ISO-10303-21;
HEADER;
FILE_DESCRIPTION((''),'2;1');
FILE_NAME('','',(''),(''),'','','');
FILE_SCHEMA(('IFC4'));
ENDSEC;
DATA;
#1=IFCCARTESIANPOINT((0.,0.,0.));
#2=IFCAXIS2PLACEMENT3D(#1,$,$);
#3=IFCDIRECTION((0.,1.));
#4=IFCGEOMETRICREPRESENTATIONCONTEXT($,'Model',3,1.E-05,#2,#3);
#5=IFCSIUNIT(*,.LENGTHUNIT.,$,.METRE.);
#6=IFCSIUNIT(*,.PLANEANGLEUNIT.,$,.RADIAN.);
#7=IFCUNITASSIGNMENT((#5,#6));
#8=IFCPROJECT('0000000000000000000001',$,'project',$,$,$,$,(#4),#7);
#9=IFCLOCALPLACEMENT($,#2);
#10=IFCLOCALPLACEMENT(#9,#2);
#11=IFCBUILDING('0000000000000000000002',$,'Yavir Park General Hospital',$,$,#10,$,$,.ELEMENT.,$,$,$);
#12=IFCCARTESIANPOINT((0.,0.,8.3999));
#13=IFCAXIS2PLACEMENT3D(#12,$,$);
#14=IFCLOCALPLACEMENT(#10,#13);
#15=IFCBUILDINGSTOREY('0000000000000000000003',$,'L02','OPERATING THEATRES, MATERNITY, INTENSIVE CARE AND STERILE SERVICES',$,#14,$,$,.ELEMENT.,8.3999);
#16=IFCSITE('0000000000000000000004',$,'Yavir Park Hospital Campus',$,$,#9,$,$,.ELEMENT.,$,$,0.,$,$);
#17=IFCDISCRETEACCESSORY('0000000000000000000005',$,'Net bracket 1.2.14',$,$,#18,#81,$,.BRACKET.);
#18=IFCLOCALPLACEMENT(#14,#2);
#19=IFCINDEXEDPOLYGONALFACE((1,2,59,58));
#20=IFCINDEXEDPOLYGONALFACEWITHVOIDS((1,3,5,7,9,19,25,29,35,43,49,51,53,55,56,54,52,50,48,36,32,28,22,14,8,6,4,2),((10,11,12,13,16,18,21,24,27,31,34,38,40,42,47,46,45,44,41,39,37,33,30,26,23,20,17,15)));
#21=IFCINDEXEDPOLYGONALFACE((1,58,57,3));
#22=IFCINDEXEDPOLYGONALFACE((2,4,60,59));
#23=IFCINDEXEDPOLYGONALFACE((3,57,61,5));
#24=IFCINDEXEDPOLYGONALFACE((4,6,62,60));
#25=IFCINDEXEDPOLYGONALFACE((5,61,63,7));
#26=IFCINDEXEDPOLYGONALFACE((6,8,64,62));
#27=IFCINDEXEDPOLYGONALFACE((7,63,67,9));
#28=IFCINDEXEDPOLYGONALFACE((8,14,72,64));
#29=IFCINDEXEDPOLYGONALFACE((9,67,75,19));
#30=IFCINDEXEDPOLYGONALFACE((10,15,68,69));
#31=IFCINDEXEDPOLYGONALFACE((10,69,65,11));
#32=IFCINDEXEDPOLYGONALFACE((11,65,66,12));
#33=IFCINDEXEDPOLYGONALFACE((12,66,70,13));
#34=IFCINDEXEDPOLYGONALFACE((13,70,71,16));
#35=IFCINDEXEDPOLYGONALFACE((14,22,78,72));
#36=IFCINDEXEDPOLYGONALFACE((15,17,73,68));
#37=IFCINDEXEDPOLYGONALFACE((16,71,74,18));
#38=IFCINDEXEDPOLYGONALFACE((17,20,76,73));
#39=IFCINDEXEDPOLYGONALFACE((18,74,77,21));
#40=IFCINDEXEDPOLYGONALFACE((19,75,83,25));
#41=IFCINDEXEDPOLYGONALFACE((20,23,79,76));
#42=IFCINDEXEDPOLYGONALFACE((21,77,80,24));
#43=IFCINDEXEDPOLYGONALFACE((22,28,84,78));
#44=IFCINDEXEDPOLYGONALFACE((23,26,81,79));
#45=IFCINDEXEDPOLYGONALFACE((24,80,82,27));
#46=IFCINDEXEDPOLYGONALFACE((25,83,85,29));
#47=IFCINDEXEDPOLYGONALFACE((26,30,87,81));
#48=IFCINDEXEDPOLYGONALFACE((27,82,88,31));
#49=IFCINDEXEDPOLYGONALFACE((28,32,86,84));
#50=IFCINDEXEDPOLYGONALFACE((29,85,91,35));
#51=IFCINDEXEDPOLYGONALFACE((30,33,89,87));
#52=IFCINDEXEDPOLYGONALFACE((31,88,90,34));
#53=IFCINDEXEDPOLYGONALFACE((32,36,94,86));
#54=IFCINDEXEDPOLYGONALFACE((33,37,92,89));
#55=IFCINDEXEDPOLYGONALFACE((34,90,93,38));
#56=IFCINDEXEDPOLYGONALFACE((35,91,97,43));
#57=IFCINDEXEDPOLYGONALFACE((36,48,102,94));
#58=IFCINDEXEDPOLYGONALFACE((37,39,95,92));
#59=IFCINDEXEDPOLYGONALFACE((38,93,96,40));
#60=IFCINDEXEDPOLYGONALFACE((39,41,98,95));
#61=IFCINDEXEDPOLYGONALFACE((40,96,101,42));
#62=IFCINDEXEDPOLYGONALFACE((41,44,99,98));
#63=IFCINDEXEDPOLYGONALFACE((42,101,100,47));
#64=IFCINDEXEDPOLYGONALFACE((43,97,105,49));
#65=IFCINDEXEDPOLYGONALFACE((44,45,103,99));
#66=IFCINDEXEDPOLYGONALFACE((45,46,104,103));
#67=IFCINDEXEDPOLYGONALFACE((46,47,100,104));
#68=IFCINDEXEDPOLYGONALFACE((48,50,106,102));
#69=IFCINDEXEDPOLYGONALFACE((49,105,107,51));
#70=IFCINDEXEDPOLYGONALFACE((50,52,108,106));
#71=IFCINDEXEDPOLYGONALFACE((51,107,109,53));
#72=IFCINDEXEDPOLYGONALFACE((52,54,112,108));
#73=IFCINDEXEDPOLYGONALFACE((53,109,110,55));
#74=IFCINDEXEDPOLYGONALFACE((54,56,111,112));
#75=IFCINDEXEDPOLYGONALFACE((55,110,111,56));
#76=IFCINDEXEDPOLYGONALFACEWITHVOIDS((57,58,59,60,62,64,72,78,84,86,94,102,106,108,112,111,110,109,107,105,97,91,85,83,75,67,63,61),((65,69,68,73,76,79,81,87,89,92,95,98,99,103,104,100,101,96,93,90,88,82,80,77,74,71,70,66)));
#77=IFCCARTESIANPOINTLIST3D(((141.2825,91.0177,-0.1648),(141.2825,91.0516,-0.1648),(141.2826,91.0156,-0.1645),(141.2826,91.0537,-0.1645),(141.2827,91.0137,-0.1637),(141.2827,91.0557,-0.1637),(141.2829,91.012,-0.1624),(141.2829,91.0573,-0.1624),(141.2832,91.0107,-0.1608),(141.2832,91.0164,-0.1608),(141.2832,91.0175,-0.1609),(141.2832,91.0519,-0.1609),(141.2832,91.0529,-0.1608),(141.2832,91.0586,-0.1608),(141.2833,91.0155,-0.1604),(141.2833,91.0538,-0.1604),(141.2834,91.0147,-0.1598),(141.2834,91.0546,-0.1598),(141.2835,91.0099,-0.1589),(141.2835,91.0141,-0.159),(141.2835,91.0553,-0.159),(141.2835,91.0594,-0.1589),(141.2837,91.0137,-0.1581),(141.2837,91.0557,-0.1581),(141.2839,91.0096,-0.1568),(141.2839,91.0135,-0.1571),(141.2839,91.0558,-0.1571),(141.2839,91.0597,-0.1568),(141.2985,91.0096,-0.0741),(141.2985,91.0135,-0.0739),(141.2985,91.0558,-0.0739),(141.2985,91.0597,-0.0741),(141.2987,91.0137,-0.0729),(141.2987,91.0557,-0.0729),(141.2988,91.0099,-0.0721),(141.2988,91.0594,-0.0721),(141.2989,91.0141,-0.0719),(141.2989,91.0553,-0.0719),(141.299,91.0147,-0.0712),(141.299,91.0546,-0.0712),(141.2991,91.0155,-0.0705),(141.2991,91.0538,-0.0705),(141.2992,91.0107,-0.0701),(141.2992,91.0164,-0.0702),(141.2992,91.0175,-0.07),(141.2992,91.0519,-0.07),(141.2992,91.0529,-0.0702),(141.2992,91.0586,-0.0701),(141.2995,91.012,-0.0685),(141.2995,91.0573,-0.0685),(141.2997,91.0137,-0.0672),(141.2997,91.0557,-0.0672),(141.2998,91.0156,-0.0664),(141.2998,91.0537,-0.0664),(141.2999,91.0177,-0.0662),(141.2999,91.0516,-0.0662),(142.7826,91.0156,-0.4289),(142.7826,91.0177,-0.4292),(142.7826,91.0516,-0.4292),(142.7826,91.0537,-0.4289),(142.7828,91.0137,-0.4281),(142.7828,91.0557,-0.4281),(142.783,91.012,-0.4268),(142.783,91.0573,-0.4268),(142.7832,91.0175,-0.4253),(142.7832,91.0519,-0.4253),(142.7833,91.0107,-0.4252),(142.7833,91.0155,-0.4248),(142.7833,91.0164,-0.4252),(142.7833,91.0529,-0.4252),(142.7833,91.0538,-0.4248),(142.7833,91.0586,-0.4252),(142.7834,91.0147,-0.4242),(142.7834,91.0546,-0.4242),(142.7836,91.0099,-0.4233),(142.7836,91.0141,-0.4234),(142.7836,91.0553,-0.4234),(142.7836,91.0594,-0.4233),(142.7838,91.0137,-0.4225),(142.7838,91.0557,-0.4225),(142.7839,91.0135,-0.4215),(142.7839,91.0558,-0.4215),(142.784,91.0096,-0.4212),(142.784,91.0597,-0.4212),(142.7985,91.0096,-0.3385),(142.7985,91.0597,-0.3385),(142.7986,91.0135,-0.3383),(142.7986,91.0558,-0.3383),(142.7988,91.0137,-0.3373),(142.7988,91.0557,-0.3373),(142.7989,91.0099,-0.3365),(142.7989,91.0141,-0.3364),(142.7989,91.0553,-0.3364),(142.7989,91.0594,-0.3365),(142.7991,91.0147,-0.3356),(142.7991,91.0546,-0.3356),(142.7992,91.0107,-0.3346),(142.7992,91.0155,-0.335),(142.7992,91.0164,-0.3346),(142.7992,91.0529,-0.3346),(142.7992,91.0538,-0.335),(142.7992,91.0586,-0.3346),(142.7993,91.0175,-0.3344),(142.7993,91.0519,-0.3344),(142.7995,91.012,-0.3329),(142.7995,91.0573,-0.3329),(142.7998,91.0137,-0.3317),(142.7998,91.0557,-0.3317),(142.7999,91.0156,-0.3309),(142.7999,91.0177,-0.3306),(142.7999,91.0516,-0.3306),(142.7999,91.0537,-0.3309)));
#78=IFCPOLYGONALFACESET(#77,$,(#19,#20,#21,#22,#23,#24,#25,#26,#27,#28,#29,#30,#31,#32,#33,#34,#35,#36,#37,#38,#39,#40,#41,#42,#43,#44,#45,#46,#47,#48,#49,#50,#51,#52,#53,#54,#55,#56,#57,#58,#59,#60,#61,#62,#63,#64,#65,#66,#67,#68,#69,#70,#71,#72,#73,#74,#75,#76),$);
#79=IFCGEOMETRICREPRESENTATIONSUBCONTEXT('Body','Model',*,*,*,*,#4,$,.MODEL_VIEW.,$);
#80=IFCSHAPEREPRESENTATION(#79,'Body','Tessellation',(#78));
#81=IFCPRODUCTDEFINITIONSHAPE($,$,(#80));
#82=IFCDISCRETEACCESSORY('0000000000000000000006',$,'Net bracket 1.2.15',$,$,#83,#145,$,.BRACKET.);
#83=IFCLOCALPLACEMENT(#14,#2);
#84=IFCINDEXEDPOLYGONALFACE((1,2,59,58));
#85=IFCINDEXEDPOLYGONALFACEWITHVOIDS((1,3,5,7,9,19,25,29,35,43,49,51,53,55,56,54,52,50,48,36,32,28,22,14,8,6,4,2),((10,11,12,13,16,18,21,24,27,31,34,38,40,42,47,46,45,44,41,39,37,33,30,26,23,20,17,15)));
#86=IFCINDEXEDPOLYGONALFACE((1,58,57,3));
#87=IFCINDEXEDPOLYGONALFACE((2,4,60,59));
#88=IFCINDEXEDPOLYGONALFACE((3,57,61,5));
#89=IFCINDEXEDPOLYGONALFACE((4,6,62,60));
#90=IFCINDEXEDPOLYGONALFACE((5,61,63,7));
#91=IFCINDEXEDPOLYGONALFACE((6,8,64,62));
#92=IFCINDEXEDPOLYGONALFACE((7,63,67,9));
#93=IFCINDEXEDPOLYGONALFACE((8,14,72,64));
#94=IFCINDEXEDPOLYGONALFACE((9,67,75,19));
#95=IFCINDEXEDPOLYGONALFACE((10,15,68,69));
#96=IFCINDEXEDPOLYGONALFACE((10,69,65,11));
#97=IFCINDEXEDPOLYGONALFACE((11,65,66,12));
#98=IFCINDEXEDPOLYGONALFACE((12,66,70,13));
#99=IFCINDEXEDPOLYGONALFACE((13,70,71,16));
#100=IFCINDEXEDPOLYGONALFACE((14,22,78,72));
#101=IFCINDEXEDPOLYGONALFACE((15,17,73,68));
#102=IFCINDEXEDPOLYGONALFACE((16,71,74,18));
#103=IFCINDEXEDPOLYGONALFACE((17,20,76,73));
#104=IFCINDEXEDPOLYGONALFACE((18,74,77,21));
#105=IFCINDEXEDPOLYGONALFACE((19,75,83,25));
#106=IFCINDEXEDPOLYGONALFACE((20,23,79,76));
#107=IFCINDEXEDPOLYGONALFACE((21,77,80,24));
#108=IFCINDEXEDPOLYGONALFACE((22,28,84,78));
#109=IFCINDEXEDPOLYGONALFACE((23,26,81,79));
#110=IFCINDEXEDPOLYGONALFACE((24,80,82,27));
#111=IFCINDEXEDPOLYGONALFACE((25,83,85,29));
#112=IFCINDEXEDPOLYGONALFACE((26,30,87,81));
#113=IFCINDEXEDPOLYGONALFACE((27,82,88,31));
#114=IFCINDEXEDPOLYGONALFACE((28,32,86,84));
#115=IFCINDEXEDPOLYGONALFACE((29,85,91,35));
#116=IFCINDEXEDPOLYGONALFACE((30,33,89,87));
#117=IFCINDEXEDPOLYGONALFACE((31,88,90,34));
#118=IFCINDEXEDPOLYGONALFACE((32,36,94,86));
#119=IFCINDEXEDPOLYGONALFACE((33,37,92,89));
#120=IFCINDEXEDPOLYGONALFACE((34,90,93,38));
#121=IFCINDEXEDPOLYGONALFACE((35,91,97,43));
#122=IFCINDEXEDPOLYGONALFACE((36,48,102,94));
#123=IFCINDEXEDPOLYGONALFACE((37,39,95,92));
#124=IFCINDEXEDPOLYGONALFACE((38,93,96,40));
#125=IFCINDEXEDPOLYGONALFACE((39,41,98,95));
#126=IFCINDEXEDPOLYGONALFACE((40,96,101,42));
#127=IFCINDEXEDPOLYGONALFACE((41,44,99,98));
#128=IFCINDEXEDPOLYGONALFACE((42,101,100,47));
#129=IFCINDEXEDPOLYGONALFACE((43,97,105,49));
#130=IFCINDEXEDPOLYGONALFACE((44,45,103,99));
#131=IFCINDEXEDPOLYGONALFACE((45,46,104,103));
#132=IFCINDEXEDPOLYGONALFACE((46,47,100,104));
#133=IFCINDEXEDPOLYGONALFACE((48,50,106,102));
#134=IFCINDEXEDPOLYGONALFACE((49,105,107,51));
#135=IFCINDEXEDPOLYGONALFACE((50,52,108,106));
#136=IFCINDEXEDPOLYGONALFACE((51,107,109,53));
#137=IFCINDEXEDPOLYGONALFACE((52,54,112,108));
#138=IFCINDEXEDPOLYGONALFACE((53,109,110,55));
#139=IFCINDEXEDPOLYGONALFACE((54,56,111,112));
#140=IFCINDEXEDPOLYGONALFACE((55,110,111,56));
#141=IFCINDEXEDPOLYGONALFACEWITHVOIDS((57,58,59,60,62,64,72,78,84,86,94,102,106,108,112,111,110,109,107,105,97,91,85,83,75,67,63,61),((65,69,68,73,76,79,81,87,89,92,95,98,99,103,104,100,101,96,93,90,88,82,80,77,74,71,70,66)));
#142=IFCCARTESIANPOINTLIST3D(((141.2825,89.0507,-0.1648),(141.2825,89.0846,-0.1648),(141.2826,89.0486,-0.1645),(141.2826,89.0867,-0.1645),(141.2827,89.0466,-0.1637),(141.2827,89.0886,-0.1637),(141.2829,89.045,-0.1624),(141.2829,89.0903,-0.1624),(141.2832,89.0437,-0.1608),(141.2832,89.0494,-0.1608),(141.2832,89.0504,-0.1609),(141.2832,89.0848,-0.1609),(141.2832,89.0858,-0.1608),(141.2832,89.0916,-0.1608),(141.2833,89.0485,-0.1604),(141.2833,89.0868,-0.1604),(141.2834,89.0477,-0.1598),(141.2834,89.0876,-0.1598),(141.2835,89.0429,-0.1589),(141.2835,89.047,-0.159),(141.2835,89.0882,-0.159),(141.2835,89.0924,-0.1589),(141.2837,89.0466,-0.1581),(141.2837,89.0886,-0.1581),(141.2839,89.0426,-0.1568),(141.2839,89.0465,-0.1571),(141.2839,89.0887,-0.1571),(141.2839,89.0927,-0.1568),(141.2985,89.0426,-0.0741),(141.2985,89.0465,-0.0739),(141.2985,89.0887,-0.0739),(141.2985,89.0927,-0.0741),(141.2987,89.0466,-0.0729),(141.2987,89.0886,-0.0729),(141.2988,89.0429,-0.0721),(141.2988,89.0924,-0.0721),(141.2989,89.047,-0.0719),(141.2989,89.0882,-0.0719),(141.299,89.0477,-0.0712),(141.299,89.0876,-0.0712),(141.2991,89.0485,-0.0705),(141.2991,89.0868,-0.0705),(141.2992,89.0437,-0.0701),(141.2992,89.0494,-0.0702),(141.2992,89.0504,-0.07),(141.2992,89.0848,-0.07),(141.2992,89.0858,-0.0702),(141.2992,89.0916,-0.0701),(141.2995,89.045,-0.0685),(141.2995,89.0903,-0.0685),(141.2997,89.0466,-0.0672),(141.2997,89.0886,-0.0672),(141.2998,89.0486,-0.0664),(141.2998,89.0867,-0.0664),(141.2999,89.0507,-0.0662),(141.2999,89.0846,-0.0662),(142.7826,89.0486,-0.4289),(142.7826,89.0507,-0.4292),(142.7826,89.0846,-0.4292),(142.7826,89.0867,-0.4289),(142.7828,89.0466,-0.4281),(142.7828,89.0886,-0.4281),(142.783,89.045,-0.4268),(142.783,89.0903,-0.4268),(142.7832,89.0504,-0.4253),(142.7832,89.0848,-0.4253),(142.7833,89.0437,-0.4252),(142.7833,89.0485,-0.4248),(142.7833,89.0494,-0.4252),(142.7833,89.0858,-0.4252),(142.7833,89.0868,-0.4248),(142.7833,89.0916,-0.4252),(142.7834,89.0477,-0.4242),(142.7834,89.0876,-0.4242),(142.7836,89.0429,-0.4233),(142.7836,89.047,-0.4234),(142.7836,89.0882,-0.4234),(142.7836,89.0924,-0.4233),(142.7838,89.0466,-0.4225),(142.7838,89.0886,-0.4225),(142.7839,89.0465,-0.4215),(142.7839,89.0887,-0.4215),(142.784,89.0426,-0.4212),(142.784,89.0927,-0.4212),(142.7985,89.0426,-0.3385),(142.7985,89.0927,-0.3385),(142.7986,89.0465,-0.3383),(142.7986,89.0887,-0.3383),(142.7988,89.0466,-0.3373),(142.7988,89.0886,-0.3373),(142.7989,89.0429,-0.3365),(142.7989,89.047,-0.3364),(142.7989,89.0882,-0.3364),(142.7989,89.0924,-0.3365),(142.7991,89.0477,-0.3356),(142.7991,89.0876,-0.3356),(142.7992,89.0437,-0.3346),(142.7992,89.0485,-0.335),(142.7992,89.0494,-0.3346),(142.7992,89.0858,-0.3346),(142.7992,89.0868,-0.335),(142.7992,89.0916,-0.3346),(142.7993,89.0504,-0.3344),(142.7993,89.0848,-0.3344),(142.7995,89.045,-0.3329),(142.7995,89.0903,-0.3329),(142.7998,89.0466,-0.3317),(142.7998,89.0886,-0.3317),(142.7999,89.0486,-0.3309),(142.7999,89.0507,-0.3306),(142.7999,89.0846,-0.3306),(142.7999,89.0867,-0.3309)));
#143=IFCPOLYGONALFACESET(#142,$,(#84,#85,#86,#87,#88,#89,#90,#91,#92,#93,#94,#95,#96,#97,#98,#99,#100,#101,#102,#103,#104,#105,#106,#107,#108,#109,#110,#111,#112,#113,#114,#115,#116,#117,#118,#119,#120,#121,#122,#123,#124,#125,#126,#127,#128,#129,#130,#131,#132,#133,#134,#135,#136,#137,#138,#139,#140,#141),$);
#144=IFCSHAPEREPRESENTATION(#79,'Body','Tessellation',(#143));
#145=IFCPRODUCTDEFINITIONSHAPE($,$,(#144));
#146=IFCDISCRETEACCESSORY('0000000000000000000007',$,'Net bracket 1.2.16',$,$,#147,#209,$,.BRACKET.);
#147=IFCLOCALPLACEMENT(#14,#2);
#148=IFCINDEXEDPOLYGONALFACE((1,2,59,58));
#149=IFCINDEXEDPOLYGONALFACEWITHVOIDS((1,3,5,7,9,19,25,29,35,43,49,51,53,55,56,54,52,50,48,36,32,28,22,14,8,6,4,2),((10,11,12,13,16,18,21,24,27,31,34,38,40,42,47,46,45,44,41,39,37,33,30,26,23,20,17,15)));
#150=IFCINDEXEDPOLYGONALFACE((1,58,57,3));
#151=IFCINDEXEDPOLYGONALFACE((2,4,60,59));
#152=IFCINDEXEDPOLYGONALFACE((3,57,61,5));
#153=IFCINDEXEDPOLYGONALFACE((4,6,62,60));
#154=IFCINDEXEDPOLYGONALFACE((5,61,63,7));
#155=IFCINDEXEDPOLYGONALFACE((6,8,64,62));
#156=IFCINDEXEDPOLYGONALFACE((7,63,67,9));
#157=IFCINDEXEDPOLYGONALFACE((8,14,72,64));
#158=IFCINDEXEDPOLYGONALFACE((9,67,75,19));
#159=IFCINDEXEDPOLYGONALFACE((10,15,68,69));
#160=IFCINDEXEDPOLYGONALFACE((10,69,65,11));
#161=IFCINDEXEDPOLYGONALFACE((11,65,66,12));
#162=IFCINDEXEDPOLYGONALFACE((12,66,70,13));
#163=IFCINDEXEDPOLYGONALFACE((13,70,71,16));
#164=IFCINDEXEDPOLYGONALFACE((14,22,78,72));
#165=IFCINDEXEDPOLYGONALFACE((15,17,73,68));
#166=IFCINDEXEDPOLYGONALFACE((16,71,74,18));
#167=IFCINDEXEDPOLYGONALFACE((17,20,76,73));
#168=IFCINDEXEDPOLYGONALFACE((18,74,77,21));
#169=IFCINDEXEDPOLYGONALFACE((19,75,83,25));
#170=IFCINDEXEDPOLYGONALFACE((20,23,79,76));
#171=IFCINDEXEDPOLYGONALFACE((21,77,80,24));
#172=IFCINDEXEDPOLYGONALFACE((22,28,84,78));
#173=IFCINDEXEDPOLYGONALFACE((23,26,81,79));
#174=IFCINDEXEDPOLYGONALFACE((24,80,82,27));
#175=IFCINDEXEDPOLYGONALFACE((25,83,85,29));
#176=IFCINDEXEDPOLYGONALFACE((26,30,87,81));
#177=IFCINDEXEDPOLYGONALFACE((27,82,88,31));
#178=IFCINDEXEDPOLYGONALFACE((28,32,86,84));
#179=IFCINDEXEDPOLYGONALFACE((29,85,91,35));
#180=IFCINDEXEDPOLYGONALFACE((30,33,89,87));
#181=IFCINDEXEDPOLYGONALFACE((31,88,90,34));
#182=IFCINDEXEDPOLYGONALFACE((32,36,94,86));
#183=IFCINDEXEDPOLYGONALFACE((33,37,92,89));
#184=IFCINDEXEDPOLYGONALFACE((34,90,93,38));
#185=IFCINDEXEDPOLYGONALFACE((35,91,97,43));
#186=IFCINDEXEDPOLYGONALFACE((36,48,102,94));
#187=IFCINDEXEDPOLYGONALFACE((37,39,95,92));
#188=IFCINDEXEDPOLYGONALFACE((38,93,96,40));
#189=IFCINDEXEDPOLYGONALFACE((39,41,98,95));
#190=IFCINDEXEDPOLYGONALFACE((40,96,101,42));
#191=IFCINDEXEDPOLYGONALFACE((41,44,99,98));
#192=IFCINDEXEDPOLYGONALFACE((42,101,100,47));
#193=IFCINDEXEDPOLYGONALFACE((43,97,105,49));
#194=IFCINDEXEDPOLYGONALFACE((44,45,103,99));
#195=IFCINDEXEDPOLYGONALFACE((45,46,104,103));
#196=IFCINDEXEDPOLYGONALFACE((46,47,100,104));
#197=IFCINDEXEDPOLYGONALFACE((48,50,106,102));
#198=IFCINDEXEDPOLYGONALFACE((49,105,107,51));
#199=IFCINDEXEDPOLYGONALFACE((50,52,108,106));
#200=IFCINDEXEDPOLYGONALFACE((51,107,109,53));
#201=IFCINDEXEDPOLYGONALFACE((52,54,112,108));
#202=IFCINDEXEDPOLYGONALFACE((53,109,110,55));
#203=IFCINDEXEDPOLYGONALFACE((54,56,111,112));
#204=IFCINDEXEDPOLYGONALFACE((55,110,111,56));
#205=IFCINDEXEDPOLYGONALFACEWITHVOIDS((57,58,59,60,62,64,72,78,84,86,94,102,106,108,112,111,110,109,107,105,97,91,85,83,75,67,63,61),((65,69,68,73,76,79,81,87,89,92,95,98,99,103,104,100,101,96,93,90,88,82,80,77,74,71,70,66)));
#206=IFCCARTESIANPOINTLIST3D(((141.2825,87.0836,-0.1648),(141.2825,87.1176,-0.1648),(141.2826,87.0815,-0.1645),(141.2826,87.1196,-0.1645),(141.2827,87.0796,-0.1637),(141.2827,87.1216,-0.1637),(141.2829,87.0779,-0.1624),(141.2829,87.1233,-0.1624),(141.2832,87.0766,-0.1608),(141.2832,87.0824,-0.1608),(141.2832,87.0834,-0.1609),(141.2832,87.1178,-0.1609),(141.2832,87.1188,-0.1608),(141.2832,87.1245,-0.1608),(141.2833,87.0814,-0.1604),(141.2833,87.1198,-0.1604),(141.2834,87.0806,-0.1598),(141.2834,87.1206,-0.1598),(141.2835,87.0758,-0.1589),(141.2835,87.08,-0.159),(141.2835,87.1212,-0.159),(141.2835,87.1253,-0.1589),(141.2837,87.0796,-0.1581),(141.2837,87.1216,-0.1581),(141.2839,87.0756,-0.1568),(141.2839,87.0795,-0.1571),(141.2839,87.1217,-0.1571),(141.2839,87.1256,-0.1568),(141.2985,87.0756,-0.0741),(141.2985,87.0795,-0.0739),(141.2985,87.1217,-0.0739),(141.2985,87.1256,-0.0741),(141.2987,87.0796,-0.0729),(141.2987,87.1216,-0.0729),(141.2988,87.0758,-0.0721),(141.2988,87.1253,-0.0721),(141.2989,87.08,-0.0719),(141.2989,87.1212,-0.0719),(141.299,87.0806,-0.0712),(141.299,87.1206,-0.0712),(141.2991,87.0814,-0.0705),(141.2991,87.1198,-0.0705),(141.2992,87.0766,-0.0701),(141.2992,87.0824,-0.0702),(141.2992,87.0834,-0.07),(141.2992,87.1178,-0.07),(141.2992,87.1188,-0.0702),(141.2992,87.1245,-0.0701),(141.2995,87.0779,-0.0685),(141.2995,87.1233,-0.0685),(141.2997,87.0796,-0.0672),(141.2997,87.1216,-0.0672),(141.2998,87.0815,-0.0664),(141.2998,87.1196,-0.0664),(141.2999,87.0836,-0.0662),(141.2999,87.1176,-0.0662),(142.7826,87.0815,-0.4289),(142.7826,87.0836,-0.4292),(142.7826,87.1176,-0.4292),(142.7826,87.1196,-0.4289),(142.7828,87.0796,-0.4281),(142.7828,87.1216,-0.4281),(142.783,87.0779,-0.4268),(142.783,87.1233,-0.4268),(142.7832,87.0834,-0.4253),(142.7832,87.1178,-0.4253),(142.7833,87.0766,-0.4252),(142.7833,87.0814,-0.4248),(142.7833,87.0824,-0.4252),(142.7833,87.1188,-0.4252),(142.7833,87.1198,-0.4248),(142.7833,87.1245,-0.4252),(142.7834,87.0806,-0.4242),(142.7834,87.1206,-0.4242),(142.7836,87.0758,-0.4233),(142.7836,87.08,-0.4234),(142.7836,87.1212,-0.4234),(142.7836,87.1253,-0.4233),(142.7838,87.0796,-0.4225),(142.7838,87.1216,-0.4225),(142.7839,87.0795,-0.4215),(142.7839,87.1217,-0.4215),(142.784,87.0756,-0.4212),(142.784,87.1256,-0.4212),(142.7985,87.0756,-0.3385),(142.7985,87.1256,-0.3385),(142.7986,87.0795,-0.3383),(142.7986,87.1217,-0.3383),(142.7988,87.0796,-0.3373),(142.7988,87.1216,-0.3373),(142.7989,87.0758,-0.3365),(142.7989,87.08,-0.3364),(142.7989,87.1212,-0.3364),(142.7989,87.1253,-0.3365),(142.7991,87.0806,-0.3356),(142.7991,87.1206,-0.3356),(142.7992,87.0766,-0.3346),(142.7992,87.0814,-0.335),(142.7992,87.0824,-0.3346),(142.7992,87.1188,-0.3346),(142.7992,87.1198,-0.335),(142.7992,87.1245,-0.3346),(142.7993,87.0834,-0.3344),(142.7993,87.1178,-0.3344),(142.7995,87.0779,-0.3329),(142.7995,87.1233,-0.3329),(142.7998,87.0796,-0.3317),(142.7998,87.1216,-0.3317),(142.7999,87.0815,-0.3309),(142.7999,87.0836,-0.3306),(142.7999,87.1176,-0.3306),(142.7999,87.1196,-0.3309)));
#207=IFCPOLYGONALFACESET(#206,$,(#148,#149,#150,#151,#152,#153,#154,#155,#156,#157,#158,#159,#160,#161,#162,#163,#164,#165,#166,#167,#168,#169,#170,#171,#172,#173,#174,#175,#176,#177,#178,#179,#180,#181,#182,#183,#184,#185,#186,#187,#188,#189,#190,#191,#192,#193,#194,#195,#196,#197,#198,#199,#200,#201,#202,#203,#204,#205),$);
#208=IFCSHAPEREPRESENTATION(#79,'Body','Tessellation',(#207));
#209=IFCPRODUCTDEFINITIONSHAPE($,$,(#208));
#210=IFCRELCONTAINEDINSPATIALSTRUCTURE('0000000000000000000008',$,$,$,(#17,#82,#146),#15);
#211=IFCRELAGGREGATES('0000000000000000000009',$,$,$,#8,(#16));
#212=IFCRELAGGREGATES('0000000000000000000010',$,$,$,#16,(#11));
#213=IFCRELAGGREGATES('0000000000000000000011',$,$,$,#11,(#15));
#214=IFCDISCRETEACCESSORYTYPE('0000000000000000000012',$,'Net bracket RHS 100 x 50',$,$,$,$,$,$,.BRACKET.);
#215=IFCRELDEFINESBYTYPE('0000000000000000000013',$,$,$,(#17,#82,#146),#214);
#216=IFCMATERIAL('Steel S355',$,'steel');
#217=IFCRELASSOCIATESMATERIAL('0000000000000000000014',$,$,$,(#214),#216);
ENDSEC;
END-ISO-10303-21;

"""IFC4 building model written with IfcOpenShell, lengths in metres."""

from ifc_helpers import new_model, si_unit, direction, frame, origin, origin_2d, place, context, subcontext, project, spatial, hollow_rectangle, extrude, material, material_profile, profile_set, type_object, element, save


model = new_model("IFC4")

# Units and contexts
model_context = context("Model", 3, precision=1e-05, world=origin(), true_north=direction((0.0, 1.0)))
body_context = subcontext(model_context, "Body", "Model", "MODEL_VIEW")
ifc_project = project(units=[si_unit("LENGTHUNIT", "METRE"), si_unit("PLANEANGLEUNIT", "RADIAN")], contexts=[model_context])

# Site, building, storey
site_placement = place(None, origin())
site = spatial("IfcSite", under=ifc_project, at=site_placement, Name="Yavir Park Hospital Campus", CompositionType="ELEMENT", RefElevation=0.0)
building_placement = place(site_placement, origin())
building = spatial("IfcBuilding", under=site, at=building_placement, Name="Yavir Park General Hospital", CompositionType="ELEMENT")
storey_placement = place(building_placement, frame((0.0, 0.0, 8.3999)))
storey = spatial("IfcBuildingStorey", under=building, at=storey_placement, Name="L02", Description="OPERATING THEATRES, MATERNITY, INTENSIVE CARE AND STERILE SERVICES", CompositionType="ELEMENT", Elevation=8.3999)

# Discrete accessories
ifc_material_1 = material(Name="Steel S355", Category="steel")
ifc_material_profile = material_profile(ifc_material_1, hollow_rectangle(XDim=0.05, YDim=0.1001, WallThickness=0.0039, InnerFilletRadius=0.0039, OuterFilletRadius=0.0081, at=origin_2d()), Name="RHS100x50x4")
ifc_profile_set = profile_set([ifc_material_profile], Name="Steel S355")
discrete_accessory_type_1 = type_object("IfcDiscreteAccessoryType", Name="Net bracket RHS 100 x 50", PredefinedType="BRACKET", material=ifc_profile_set)
for number, where, z_axis, x_axis, name in (
    (1, (142.7913, 91.0347, -0.3799), (-0.984817, 0.0, 0.173593), (0.0, -1.0, 0.0), "Net bracket 1.2.14"),
    (2, (142.7913, 89.0676, -0.3799), (-0.984817, 0.0, 0.173593), (0.0, -1.0, 0.0), "Net bracket 1.2.15"),
    (3, (142.7913, 87.1006, -0.3799), (-0.984817, 0.0, 0.173593), (0.0, -1.0, 0.0), "Net bracket 1.2.16"),
):
    element("IfcDiscreteAccessory", number, at=place(storey_placement, frame(where, z_axis=z_axis, x_axis=x_axis)), inside=storey, type_object=discrete_accessory_type_1, Name=name, PredefinedType="BRACKET", context=body_context, shape_type="SweptSolid", body=[
        extrude(hollow_rectangle(XDim=0.05, YDim=0.1001, WallThickness=0.0039, InnerFilletRadius=0.0039, OuterFilletRadius=0.0081, at=origin_2d()), origin(), (0.0, 0.0, 1.0), 1.5232),
    ])

save(model, "model.ifc")
